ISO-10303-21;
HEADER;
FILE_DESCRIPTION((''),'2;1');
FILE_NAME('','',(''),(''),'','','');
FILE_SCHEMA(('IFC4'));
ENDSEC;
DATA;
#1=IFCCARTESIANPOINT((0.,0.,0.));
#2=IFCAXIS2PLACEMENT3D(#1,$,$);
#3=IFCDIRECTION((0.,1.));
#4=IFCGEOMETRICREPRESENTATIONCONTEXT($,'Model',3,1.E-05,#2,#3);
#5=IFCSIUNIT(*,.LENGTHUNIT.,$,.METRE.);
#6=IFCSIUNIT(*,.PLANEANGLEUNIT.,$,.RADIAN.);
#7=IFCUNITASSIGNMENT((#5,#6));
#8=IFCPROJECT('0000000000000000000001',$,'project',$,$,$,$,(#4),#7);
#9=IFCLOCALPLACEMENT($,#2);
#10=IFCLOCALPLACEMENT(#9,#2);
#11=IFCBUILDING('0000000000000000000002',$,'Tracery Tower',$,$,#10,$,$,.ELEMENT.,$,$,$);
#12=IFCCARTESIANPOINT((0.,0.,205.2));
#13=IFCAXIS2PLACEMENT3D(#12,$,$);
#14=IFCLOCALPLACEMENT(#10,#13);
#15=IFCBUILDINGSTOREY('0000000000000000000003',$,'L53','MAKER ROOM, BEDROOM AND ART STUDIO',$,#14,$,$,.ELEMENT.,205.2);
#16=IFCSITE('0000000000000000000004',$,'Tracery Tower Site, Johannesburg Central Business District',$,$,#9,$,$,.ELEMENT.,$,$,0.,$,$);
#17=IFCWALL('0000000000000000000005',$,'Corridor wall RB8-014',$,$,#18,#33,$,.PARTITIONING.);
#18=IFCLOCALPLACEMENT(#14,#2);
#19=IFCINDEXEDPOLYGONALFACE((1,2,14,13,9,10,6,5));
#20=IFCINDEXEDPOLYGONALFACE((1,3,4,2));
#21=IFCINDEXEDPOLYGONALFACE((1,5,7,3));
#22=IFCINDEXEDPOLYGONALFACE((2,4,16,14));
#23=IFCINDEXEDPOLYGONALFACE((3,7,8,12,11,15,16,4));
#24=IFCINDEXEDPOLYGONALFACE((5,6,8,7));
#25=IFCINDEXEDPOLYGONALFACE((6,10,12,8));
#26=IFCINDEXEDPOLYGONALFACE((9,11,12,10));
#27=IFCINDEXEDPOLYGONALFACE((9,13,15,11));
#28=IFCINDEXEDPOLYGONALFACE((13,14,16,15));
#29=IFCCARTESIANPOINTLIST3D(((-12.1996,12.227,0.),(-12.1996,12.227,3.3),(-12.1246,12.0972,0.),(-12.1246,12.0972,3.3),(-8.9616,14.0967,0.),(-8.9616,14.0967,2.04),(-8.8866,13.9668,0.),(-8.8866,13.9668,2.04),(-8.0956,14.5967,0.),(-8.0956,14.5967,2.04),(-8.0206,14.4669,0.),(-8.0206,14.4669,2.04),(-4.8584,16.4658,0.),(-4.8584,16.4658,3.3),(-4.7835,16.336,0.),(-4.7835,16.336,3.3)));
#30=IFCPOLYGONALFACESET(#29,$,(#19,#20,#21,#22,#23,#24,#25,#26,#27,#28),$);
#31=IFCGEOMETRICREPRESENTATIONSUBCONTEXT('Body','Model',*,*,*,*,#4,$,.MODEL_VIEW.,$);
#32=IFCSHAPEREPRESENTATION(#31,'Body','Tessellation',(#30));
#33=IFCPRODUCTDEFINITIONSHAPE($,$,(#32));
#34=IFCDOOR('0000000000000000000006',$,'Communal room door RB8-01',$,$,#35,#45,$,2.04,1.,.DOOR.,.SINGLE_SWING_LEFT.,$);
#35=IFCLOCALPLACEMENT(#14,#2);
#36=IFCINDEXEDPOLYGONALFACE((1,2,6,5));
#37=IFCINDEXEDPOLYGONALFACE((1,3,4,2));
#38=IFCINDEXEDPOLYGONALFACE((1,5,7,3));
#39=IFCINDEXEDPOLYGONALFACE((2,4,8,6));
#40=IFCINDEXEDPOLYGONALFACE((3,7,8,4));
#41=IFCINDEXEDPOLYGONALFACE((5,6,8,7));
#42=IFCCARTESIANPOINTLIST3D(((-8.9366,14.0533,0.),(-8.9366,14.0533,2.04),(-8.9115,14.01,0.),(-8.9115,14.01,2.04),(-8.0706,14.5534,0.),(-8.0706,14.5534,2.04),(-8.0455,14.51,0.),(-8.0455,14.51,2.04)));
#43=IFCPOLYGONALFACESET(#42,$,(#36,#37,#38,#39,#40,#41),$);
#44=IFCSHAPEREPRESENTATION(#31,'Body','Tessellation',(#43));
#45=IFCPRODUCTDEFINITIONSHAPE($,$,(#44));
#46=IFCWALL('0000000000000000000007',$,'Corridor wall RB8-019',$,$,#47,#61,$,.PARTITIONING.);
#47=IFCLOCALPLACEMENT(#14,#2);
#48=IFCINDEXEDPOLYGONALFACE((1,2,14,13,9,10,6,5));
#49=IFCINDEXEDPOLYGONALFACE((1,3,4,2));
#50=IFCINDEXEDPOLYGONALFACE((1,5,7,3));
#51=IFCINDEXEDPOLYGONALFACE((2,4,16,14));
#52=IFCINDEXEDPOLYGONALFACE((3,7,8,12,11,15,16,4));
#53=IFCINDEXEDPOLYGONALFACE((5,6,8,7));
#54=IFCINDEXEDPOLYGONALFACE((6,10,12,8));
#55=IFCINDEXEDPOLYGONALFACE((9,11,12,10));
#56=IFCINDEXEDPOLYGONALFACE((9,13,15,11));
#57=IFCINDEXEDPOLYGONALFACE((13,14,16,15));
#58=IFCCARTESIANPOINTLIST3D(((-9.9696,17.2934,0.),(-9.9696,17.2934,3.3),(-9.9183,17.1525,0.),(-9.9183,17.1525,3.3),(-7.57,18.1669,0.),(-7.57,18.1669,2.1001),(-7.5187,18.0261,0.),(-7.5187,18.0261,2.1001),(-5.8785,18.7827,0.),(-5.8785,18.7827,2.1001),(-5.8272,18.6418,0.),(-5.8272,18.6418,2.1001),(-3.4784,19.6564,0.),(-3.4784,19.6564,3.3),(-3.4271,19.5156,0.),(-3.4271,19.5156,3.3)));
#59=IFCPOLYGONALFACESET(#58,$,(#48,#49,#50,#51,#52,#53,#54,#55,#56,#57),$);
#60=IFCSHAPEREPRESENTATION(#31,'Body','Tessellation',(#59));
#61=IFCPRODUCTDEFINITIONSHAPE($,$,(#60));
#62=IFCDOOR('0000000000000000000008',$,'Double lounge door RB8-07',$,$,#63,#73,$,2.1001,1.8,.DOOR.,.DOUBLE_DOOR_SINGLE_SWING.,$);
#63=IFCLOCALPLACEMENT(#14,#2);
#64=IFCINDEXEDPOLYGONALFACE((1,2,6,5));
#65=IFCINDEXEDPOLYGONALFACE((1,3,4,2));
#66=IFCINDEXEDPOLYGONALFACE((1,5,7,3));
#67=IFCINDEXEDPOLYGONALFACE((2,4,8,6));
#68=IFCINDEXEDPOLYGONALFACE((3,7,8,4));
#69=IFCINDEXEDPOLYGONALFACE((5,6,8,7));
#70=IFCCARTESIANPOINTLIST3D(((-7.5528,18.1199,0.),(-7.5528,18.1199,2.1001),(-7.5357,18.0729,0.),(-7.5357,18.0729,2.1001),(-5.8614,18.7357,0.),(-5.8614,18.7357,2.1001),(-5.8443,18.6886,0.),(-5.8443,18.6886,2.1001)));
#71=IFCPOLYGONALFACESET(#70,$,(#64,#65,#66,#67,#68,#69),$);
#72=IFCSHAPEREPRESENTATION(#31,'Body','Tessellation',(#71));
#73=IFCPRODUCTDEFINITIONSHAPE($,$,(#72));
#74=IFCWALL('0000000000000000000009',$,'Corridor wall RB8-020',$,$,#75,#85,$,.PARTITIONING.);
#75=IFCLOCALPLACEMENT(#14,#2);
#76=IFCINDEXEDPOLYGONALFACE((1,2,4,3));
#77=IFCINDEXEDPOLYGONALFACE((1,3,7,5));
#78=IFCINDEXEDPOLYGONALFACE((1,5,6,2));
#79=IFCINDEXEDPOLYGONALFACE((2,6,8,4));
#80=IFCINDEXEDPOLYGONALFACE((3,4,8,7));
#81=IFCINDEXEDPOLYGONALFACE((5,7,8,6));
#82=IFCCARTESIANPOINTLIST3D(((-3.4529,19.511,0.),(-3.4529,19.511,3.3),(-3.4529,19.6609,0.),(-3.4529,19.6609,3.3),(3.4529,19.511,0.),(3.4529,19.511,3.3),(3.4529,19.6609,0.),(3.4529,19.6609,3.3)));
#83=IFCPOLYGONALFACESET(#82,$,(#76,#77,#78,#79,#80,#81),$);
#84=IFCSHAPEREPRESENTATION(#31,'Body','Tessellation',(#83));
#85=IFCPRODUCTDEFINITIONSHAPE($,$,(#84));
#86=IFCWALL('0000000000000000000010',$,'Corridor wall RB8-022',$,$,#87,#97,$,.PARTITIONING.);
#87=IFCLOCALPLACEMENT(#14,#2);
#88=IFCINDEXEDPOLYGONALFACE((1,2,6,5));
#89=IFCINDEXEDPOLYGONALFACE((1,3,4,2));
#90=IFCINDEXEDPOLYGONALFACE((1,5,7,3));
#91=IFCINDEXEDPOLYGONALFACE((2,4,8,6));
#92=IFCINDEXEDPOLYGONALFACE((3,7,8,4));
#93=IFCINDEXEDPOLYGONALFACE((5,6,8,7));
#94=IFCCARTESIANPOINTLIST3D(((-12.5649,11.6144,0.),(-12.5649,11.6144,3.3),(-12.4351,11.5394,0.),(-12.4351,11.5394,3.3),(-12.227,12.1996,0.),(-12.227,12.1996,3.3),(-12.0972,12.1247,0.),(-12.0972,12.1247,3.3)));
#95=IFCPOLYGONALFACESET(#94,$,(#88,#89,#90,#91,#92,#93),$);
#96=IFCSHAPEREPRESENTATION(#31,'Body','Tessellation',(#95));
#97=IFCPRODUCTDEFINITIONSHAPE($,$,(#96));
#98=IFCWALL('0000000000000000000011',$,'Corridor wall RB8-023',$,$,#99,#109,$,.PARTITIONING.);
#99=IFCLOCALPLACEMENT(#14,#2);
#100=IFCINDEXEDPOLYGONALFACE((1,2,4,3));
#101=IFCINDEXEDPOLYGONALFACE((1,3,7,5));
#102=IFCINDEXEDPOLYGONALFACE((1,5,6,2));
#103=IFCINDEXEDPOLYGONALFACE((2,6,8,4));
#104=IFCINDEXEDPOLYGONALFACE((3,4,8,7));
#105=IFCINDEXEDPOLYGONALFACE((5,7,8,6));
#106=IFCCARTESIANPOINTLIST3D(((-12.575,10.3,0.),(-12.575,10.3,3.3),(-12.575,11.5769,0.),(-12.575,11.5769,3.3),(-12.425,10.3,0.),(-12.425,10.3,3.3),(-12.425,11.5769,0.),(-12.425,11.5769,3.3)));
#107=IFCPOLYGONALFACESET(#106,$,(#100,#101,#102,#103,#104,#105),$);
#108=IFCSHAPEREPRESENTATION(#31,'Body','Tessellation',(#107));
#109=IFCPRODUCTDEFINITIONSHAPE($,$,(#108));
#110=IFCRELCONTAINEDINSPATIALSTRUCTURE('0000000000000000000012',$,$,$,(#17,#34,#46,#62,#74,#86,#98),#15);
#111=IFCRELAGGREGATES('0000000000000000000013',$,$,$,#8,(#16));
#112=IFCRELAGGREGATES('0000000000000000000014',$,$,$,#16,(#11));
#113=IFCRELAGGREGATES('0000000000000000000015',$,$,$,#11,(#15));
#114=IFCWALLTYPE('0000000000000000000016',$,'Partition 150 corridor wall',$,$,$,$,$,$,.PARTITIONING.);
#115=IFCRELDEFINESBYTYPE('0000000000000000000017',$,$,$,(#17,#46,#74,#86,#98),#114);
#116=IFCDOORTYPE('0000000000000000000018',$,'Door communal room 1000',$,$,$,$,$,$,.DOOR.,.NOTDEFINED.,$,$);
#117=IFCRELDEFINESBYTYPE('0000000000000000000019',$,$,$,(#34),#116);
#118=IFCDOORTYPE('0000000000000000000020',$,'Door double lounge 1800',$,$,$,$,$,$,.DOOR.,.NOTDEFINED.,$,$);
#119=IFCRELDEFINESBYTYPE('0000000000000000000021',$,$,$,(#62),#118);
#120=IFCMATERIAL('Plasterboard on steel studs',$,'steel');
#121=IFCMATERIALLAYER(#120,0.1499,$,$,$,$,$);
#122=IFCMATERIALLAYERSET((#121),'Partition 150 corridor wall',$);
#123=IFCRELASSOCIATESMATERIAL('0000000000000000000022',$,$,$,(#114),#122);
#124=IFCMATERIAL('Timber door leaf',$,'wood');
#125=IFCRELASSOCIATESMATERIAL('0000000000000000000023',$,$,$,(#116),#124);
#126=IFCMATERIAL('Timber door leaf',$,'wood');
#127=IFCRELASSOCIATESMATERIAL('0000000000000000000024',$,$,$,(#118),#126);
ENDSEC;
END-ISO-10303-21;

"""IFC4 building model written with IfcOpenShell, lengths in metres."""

from ifc_helpers import new_model, si_unit, direction, frame, frame_2d, origin, place, context, subcontext, project, spatial, rectangle, extrude, material, layer, layer_set, type_object, element, fill, save


model = new_model("IFC4")

# Units and contexts
model_context = context("Model", 3, precision=1e-05, world=origin(), true_north=direction((0.0, 1.0)))
body_context = subcontext(model_context, "Body", "Model", "MODEL_VIEW")
ifc_project = project(units=[si_unit("LENGTHUNIT", "METRE"), si_unit("PLANEANGLEUNIT", "RADIAN")], contexts=[model_context])

# Site, building, storey
site_placement = place(None, origin())
site = spatial("IfcSite", under=ifc_project, at=site_placement, Name="Tracery Tower Site, Johannesburg Central Business District", CompositionType="ELEMENT", RefElevation=0.0)
building_placement = place(site_placement, origin())
building = spatial("IfcBuilding", under=site, at=building_placement, Name="Tracery Tower", CompositionType="ELEMENT")
storey_placement = place(building_placement, frame((0.0, 0.0, 205.2)))
storey = spatial("IfcBuildingStorey", under=building, at=storey_placement, Name="L53", Description="MAKER ROOM, BEDROOM AND ART STUDIO", CompositionType="ELEMENT", Elevation=205.2)

# Shared definitions
ifc_material_1 = material(Name="Plasterboard on steel studs", Category="steel")
ifc_layer_1 = layer(ifc_material_1, 0.1499)
ifc_layer_set_1 = layer_set([ifc_layer_1], Name="Partition 150 corridor wall")
wall_type_1 = type_object("IfcWallType", Name="Partition 150 corridor wall", PredefinedType="PARTITIONING", material=ifc_layer_set_1)

# Walls, openings, doors
wall_1_placement = place(storey_placement, frame((-12.1621, 12.1621, 0.0), z_axis=(0.0, 0.0, 1.0), x_axis=(0.866005, 0.500036, 0.0)))
wall_1 = element("IfcWall", 1, at=wall_1_placement, inside=storey, type_object=wall_type_1, Name="Corridor wall RB8-014", PredefinedType="PARTITIONING", context=body_context, shape_type="SweptSolid", body=[
    extrude(rectangle(XDim=8.4771, YDim=0.1499, at=frame_2d((4.2385, 0.0))), origin(), (0.0, 0.0, 1.0), 3.3),
])
opening_1_placement = place(wall_1_placement, frame((3.739, 0.0, 0.0)))
opening_1 = element("IfcOpeningElement", 2, at=opening_1_placement, cuts=wall_1, PredefinedType="OPENING", context=body_context, shape_type="SweptSolid", body=[
    extrude(rectangle(XDim=1.0, YDim=2.04, at=frame_2d((0.5, 1.02))), frame((0.0, 0.075, 0.0), z_axis=(0.0, -1.0, 0.0), x_axis=(1.0, 0.0, 0.0)), (0.0, 0.0, 1.0), 0.1499),
])
ifc_material_2 = material(Name="Timber door leaf", Category="wood")
door_type_1 = type_object("IfcDoorType", Name="Door communal room 1000", OperationType="NOTDEFINED", PredefinedType="DOOR", material=ifc_material_2)
door_1_placement = place(opening_1_placement, origin())
door_1 = element("IfcDoor", 3, at=door_1_placement, inside=storey, type_object=door_type_1, Name="Communal room door RB8-01", OperationType="SINGLE_SWING_LEFT", OverallHeight=2.04, OverallWidth=1.0, PredefinedType="DOOR", context=body_context, shape_type="SweptSolid", body=[
    extrude(rectangle(XDim=1.0, YDim=2.04, at=frame_2d((0.5, 1.02))), frame((0.0, 0.0249, 0.0), z_axis=(0.0, -1.0, 0.0), x_axis=(1.0, 0.0, 0.0)), (0.0, 0.0, 1.0), 0.05),
])
fill(opening_1, door_1)
wall_2_placement = place(storey_placement, frame((-9.9441, 17.2229, 0.0), z_axis=(0.0, 0.0, 1.0), x_axis=(0.939673, 0.342075, 0.0)))
wall_2 = element("IfcWall", 4, at=wall_2_placement, inside=storey, type_object=wall_type_1, Name="Corridor wall RB8-019", PredefinedType="PARTITIONING", context=body_context, shape_type="SweptSolid", body=[
    extrude(rectangle(XDim=6.908, YDim=0.1499, at=frame_2d((3.4541, 0.0))), origin(), (0.0, 0.0, 1.0), 3.3),
])
opening_2_placement = place(wall_2_placement, frame((2.554, 0.0, 0.0)))
opening_2 = element("IfcOpeningElement", 5, at=opening_2_placement, cuts=wall_2, PredefinedType="OPENING", context=body_context, shape_type="SweptSolid", body=[
    extrude(rectangle(XDim=1.8, YDim=2.1001, at=frame_2d((0.8999, 1.05))), frame((0.0, 0.075, 0.0), z_axis=(0.0, -1.0, 0.0), x_axis=(1.0, 0.0, 0.0)), (0.0, 0.0, 1.0), 0.1499),
])
ifc_material_3 = material(Name="Timber door leaf", Category="wood")
door_type_2 = type_object("IfcDoorType", Name="Door double lounge 1800", OperationType="NOTDEFINED", PredefinedType="DOOR", material=ifc_material_3)
door_2_placement = place(opening_2_placement, origin())
door_2 = element("IfcDoor", 6, at=door_2_placement, inside=storey, type_object=door_type_2, Name="Double lounge door RB8-07", OperationType="DOUBLE_DOOR_SINGLE_SWING", OverallHeight=2.1001, OverallWidth=1.8, PredefinedType="DOOR", context=body_context, shape_type="SweptSolid", body=[
    extrude(rectangle(XDim=1.8, YDim=2.1001, at=frame_2d((0.8999, 1.05))), frame((0.0, 0.0249, 0.0), z_axis=(0.0, -1.0, 0.0), x_axis=(1.0, 0.0, 0.0)), (0.0, 0.0, 1.0), 0.05),
])
fill(opening_2, door_2)

# Walls
wall_3_placement = place(storey_placement, frame((-3.4529, 19.5859, 0.0), z_axis=(0.0, 0.0, 1.0), x_axis=(1.0, 0.0, 0.0)))
element("IfcWall", 7, at=wall_3_placement, inside=storey, type_object=wall_type_1, Name="Corridor wall RB8-020", PredefinedType="PARTITIONING", context=body_context, shape_type="SweptSolid", body=[
    extrude(rectangle(XDim=6.9058, YDim=0.1499, at=frame_2d((3.4529, 0.0))), origin(), (0.0, 0.0, 1.0), 3.3),
])
wall_4_placement = place(storey_placement, frame((-12.5, 11.5769, 0.0), z_axis=(0.0, 0.0, 1.0), x_axis=(0.500025, 0.866011, 0.0)))
element("IfcWall", 8, at=wall_4_placement, inside=storey, type_object=wall_type_1, Name="Corridor wall RB8-022", PredefinedType="PARTITIONING", context=body_context, shape_type="SweptSolid", body=[
    extrude(rectangle(XDim=0.6758, YDim=0.1499, at=frame_2d((0.3379, 0.0))), origin(), (0.0, 0.0, 1.0), 3.3),
])
wall_5_placement = place(storey_placement, frame((-12.5, 10.3, 0.0), z_axis=(0.0, 0.0, 1.0), x_axis=(0.0, 1.0, 0.0)))
element("IfcWall", 9, at=wall_5_placement, inside=storey, type_object=wall_type_1, Name="Corridor wall RB8-023", PredefinedType="PARTITIONING", context=body_context, shape_type="SweptSolid", body=[
    extrude(rectangle(XDim=1.2769, YDim=0.1499, at=frame_2d((0.6384, 0.0))), origin(), (0.0, 0.0, 1.0), 3.3),
])

save(model, "model.ifc")
